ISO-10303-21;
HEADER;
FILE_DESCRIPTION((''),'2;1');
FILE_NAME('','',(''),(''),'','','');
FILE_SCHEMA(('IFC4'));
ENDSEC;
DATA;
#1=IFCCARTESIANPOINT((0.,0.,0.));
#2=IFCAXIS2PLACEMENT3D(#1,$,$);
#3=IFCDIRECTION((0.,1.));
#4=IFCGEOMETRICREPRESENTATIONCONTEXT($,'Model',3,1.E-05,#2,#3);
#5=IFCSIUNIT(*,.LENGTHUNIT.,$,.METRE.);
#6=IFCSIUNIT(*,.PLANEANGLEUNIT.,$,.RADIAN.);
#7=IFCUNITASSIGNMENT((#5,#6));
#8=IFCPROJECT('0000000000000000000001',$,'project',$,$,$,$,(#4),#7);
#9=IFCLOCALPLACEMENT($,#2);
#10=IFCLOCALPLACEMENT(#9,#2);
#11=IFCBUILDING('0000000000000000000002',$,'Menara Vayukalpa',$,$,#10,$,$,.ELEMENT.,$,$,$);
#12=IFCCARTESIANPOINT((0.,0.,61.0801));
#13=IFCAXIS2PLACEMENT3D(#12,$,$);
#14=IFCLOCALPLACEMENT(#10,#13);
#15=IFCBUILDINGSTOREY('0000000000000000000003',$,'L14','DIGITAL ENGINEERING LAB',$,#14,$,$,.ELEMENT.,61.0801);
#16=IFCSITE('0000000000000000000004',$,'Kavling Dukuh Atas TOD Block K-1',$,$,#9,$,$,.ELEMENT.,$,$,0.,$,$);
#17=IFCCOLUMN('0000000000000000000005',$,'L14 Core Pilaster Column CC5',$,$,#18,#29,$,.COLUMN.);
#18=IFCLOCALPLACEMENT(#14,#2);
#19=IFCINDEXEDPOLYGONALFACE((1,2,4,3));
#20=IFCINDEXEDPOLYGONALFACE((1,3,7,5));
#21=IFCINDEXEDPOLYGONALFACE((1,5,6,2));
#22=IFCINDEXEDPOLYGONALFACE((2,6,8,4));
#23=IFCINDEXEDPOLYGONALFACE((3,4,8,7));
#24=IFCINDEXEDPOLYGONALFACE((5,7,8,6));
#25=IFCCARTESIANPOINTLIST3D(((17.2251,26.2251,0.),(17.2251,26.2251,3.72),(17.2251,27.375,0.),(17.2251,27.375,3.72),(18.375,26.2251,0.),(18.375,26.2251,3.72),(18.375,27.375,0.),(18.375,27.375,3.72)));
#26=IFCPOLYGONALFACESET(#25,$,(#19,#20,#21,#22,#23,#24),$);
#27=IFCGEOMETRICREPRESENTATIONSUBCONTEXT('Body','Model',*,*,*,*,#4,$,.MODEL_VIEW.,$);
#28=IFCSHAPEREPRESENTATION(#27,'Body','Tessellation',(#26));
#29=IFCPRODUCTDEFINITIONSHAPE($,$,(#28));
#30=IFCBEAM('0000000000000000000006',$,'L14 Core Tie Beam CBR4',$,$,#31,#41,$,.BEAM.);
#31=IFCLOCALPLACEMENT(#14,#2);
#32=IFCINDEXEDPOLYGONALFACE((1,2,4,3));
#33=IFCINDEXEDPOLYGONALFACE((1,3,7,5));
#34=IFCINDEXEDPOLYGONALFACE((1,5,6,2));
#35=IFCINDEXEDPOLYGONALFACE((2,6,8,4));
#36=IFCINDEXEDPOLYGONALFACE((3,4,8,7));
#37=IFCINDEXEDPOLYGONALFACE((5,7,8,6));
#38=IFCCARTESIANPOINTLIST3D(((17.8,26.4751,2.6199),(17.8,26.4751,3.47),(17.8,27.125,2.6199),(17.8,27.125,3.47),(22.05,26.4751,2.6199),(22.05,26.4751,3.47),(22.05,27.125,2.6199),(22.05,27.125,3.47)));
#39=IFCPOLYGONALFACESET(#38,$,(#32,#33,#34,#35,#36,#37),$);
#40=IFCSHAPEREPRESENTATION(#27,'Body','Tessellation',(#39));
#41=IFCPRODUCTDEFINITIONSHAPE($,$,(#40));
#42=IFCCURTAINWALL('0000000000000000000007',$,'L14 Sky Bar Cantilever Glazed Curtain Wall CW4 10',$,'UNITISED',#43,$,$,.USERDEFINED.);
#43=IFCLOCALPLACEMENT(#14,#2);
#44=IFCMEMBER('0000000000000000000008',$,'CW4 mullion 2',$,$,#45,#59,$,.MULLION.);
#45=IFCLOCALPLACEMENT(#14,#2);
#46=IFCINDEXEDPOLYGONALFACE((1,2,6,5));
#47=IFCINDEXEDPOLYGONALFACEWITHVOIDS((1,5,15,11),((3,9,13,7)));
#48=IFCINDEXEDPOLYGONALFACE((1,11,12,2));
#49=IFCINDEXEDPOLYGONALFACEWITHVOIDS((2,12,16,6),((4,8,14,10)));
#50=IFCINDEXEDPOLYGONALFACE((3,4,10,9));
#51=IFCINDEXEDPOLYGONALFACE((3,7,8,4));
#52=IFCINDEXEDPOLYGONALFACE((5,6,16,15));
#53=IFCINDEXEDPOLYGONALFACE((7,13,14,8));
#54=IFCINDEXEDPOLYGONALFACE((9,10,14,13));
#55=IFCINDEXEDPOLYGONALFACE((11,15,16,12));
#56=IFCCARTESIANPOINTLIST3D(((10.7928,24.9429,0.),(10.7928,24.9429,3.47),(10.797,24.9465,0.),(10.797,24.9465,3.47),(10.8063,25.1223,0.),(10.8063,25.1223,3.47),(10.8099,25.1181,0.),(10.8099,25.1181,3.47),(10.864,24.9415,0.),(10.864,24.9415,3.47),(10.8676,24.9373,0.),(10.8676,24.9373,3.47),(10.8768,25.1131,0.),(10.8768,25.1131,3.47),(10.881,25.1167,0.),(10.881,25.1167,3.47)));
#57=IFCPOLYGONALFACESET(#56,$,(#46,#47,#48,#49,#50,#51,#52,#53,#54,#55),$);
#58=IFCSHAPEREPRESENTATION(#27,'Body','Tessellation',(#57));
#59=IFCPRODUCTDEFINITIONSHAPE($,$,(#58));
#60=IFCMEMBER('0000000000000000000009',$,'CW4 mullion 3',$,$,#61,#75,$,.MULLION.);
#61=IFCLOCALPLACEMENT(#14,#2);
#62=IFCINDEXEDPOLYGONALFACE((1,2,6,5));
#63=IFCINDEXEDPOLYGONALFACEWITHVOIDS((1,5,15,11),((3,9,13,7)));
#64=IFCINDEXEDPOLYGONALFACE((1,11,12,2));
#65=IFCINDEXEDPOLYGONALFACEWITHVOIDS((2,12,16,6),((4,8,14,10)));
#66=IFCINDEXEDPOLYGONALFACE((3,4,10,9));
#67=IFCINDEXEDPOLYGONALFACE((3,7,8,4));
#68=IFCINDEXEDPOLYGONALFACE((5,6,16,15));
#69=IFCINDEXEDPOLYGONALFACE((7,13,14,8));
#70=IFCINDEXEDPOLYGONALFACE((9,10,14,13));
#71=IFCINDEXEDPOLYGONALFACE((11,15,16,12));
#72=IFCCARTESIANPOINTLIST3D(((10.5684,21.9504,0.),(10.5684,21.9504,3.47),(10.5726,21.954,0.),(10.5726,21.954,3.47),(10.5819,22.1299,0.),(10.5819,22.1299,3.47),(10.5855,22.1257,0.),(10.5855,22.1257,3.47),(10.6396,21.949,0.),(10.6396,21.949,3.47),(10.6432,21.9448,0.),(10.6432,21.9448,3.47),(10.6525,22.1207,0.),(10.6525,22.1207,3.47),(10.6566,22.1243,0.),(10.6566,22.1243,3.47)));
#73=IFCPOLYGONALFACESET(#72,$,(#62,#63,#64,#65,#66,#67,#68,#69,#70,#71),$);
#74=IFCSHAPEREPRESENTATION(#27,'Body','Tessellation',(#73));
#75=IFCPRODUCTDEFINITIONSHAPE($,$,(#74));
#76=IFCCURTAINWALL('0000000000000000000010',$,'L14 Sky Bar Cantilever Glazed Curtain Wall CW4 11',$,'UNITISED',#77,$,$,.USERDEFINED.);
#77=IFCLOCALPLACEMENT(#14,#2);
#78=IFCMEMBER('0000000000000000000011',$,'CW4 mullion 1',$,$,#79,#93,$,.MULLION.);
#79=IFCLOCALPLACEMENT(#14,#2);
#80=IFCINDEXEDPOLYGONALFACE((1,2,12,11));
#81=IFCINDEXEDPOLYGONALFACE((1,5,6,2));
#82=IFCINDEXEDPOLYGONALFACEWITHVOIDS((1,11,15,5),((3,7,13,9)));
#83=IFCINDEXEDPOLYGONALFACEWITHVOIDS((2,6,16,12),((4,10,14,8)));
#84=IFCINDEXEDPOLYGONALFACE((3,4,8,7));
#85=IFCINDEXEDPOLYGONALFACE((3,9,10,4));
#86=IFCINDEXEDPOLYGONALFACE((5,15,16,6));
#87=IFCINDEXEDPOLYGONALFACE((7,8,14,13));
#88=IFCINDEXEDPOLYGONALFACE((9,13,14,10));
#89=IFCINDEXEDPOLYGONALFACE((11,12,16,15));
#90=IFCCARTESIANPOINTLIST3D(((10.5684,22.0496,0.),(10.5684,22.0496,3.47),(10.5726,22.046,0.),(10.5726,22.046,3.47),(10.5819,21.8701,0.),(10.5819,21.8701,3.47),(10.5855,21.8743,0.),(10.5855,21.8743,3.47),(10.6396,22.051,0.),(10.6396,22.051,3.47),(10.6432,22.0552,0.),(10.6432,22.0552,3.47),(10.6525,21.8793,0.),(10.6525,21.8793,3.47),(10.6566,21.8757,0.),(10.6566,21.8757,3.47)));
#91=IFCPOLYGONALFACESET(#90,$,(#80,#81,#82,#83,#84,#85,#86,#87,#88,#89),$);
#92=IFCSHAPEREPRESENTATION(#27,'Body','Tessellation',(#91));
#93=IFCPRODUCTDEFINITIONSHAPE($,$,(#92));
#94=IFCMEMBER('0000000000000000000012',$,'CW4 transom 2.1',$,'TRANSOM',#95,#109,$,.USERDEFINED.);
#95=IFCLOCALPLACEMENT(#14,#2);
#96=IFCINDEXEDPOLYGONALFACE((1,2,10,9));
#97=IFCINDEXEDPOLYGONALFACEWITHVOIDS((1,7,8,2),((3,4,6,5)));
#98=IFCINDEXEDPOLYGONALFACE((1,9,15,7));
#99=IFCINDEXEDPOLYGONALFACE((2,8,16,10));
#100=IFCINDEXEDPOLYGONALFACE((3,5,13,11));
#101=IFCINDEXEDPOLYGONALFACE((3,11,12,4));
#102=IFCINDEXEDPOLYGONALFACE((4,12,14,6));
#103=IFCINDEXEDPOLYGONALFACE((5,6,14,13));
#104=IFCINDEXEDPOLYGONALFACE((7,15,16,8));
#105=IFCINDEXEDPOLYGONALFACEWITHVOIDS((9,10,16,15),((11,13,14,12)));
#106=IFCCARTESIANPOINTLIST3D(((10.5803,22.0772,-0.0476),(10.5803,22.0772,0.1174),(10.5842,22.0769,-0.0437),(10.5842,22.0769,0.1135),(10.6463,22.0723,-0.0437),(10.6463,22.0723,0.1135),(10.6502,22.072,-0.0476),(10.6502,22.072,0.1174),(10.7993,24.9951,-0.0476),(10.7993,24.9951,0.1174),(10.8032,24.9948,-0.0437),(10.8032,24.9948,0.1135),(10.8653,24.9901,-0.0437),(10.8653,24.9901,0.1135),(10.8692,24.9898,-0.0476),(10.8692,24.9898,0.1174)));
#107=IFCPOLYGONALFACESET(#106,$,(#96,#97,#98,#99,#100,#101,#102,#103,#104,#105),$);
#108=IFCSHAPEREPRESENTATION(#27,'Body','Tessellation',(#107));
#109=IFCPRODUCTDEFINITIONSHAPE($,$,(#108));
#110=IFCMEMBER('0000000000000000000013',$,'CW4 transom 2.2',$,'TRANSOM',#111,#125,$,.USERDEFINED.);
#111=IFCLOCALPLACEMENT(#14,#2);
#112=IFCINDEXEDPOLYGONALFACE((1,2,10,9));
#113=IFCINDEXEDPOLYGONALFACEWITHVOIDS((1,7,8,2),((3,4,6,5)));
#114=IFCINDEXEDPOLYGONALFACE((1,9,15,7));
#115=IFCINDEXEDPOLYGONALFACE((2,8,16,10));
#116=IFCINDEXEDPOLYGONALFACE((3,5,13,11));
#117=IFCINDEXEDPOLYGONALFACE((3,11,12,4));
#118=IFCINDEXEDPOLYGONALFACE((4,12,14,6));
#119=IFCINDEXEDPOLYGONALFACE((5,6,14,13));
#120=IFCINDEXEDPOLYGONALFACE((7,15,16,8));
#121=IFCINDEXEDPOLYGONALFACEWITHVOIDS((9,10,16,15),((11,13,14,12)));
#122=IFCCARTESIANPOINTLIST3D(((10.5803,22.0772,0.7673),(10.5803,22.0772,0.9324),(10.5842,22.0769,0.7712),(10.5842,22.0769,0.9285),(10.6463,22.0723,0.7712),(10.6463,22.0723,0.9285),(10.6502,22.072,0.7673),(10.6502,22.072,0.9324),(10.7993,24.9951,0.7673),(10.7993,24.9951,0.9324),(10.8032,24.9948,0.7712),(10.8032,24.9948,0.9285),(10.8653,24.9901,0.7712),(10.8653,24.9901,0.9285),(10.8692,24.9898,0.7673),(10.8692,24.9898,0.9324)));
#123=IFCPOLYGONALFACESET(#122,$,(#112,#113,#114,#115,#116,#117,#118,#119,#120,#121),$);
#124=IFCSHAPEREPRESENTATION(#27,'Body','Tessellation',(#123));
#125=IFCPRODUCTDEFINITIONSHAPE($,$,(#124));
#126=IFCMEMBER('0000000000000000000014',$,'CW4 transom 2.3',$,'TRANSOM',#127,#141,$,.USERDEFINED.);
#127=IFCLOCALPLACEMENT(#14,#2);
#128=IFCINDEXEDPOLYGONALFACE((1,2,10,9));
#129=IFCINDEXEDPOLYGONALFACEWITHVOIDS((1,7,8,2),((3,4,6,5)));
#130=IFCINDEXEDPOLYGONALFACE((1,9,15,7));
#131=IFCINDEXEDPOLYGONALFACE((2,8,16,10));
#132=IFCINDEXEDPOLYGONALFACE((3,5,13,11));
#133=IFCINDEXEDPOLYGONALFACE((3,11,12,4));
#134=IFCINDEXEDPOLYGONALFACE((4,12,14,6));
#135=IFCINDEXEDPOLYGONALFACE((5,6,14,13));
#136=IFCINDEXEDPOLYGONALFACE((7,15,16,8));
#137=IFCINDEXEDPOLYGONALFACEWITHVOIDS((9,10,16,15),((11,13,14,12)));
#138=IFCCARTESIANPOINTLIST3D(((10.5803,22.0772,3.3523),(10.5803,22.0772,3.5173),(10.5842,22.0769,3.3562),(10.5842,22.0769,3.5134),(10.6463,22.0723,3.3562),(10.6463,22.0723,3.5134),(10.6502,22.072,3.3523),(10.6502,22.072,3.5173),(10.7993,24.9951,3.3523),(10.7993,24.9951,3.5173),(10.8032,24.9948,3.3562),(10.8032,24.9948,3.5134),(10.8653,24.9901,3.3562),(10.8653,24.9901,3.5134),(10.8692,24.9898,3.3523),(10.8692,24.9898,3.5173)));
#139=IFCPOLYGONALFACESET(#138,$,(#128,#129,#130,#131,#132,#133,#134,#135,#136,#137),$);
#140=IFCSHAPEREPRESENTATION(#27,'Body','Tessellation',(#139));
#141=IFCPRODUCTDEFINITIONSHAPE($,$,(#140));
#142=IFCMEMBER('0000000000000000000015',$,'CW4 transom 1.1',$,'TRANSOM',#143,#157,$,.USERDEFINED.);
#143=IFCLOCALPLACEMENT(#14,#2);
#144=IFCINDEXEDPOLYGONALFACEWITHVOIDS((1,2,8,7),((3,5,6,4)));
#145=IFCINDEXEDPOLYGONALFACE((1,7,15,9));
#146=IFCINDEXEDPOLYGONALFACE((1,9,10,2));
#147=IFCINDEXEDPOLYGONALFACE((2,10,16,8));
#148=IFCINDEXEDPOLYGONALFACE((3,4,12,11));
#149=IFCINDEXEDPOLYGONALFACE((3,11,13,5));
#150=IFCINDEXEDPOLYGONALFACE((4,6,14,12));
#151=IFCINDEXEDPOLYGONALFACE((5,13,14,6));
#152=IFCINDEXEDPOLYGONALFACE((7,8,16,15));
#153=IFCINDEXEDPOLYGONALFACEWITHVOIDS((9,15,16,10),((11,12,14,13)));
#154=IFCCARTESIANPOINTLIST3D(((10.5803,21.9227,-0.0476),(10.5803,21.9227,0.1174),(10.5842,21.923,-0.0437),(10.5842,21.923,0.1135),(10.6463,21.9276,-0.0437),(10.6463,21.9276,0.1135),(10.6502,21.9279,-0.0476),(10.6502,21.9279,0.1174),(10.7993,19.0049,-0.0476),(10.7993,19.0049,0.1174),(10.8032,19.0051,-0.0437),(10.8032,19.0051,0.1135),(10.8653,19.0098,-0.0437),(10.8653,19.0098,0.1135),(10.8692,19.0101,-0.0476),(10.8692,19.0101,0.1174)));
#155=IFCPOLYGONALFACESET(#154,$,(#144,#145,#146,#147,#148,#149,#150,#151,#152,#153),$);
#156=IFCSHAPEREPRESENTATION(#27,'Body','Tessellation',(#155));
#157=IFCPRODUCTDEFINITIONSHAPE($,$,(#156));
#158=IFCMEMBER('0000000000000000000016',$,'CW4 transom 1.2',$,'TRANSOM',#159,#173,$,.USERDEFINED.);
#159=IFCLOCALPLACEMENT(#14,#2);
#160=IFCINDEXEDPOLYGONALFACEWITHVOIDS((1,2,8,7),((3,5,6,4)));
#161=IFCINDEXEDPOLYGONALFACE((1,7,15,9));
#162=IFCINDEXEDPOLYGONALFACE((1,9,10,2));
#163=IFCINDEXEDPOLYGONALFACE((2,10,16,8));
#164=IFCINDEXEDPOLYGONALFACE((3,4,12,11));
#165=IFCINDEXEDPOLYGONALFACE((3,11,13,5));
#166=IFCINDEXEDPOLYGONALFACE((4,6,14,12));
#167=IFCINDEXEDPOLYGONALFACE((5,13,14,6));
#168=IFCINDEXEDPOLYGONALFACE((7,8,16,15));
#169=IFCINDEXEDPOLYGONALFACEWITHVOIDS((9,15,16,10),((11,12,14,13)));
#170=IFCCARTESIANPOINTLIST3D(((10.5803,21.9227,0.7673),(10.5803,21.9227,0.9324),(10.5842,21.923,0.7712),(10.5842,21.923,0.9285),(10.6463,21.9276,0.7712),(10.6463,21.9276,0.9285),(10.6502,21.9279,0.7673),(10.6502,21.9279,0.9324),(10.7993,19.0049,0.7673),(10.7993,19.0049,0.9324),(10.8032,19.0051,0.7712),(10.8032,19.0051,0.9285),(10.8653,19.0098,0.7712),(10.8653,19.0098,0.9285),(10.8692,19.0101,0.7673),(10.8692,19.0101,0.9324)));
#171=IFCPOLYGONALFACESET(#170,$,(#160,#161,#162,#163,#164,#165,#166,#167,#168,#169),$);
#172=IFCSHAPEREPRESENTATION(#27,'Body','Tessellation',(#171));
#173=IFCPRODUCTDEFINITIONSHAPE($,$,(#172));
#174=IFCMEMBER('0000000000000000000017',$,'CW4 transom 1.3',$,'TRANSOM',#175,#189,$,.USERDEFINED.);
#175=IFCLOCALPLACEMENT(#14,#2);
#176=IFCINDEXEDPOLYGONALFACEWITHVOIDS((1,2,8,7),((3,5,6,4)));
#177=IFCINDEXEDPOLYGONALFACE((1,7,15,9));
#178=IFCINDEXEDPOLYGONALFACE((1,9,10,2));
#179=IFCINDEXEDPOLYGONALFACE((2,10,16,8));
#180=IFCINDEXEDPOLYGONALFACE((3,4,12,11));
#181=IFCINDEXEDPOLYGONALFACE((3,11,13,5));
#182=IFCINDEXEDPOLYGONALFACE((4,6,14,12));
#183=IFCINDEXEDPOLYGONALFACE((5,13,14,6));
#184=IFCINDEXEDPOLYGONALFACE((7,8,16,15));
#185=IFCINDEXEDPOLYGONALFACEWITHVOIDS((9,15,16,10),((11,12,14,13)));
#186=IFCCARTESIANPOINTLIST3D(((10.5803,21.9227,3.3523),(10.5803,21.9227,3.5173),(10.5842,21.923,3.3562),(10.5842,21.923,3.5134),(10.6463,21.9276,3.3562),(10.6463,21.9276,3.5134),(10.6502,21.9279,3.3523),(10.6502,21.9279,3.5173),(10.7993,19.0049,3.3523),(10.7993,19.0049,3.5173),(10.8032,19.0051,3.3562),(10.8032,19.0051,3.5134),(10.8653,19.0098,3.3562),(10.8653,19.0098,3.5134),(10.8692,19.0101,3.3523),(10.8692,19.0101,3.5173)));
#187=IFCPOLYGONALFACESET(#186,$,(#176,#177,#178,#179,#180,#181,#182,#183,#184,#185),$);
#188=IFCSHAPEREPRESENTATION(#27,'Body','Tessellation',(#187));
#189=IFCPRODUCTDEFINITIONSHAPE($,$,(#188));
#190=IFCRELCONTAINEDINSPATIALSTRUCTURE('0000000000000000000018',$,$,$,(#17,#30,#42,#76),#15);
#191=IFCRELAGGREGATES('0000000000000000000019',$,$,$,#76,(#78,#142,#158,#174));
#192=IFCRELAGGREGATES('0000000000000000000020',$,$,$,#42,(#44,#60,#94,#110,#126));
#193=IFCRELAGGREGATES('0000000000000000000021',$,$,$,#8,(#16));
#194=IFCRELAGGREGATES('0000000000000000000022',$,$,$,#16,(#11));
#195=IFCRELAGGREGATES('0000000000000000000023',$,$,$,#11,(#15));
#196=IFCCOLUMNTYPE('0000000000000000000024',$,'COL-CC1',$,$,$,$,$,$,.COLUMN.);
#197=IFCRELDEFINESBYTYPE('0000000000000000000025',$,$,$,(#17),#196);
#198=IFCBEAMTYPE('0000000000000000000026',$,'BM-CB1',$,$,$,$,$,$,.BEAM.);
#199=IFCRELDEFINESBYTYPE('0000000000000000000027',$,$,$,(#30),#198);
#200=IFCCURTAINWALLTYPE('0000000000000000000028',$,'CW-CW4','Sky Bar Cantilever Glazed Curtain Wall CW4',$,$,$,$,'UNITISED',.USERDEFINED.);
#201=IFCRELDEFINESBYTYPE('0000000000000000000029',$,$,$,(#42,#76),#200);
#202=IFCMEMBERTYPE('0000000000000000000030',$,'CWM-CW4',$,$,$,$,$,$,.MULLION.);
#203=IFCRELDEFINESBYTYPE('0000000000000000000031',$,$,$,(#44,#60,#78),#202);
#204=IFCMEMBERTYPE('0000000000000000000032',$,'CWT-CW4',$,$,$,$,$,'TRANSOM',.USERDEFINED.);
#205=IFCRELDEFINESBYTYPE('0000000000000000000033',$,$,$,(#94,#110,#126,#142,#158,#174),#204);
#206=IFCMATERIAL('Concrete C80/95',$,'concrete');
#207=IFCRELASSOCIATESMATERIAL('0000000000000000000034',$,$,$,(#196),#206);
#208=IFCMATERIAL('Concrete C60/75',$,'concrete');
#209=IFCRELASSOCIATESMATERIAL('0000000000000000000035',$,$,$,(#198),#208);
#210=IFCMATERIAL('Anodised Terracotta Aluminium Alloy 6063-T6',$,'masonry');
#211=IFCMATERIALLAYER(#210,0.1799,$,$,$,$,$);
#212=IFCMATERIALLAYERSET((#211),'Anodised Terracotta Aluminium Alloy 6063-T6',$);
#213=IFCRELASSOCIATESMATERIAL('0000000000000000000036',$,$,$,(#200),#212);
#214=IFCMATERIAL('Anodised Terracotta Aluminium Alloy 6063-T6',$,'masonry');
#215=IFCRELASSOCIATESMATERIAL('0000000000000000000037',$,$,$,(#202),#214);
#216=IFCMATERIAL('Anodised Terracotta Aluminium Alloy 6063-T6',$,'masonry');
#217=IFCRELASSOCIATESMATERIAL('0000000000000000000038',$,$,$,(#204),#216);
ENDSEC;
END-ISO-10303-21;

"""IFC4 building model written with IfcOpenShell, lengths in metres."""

from ifc_helpers import new_model, si_unit, direction, frame, origin, origin_2d, place, context, subcontext, project, spatial, rectangle, hollow_rectangle, extrude, material, layer, layer_set, material_profile, profile_set, type_object, element, aggregate, save


model = new_model("IFC4")

# Units and contexts
model_context = context("Model", 3, precision=1e-05, world=origin(), true_north=direction((0.0, 1.0)))
body_context = subcontext(model_context, "Body", "Model", "MODEL_VIEW")
ifc_project = project(units=[si_unit("LENGTHUNIT", "METRE"), si_unit("PLANEANGLEUNIT", "RADIAN")], contexts=[model_context])

# Site, building, storey
site_placement = place(None, origin())
site = spatial("IfcSite", under=ifc_project, at=site_placement, Name="Kavling Dukuh Atas TOD Block K-1", CompositionType="ELEMENT", RefElevation=0.0)
building_placement = place(site_placement, origin())
building = spatial("IfcBuilding", under=site, at=building_placement, Name="Menara Vayukalpa", CompositionType="ELEMENT")
storey_placement = place(building_placement, frame((0.0, 0.0, 61.0801)))
storey = spatial("IfcBuildingStorey", under=building, at=storey_placement, Name="L14", Description="DIGITAL ENGINEERING LAB", CompositionType="ELEMENT", Elevation=61.0801)

# Column
ifc_material_1 = material(Name="Concrete C80/95", Category="concrete")
ifc_material_profile_1 = material_profile(ifc_material_1, rectangle(XDim=1.1499, YDim=1.1499, at=origin_2d()), Name="RC 1150x1150")
ifc_profile_set_1 = profile_set([ifc_material_profile_1], Name="Concrete C80/95")
column_type = type_object("IfcColumnType", Name="COL-CC1", PredefinedType="COLUMN", material=ifc_profile_set_1)
column_placement = place(storey_placement, frame((17.8, 26.8, 0.0), z_axis=(0.0, 0.0, 1.0), x_axis=(1.0, 0.0, 0.0)))
element("IfcColumn", 1, at=column_placement, inside=storey, type_object=column_type, Name="L14 Core Pilaster Column CC5", PredefinedType="COLUMN", context=body_context, shape_type="SweptSolid", body=[
    extrude(rectangle(XDim=1.1499, YDim=1.1499, at=origin_2d()), origin(), (0.0, 0.0, 1.0), 3.72),
])

# Beam
ifc_material_2 = material(Name="Concrete C60/75", Category="concrete")
ifc_material_profile_2 = material_profile(ifc_material_2, rectangle(XDim=0.6499, YDim=0.8501, at=origin_2d()), Name="RC 650x850")
ifc_profile_set_2 = profile_set([ifc_material_profile_2], Name="Concrete C60/75")
beam_type = type_object("IfcBeamType", Name="BM-CB1", PredefinedType="BEAM", material=ifc_profile_set_2)
beam_placement = place(storey_placement, frame((17.8, 26.8, 3.0449), z_axis=(1.0, 0.0, 0.0), x_axis=(0.0, 1.0, 0.0)))
element("IfcBeam", 2, at=beam_placement, inside=storey, type_object=beam_type, Name="L14 Core Tie Beam CBR4", PredefinedType="BEAM", context=body_context, shape_type="SweptSolid", body=[
    extrude(rectangle(XDim=0.6499, YDim=0.8501, at=origin_2d()), origin(), (0.0, 0.0, 1.0), 4.25),
])

# Curtain wall, members
ifc_material_3 = material(Name="Anodised Terracotta Aluminium Alloy 6063-T6", Category="masonry")
ifc_layer_1 = layer(ifc_material_3, 0.1799)
ifc_layer_set_1 = layer_set([ifc_layer_1], Name="Anodised Terracotta Aluminium Alloy 6063-T6")
curtain_wall_type = type_object("IfcCurtainWallType", Name="CW-CW4", Description="Sky Bar Cantilever Glazed Curtain Wall CW4", ElementType="UNITISED", PredefinedType="USERDEFINED", material=ifc_layer_set_1)
curtain_wall_1_placement = place(storey_placement, origin())
curtain_wall_1 = element("IfcCurtainWall", 3, at=curtain_wall_1_placement, inside=storey, type_object=curtain_wall_type, Name="L14 Sky Bar Cantilever Glazed Curtain Wall CW4 10", ObjectType="UNITISED", PredefinedType="USERDEFINED")
ifc_material_4 = material(Name="Anodised Terracotta Aluminium Alloy 6063-T6", Category="masonry")
ifc_material_profile_3 = material_profile(ifc_material_4, hollow_rectangle(XDim=0.075, YDim=0.1799, WallThickness=0.0039, at=origin_2d()), Name="ALU 75x180x4")
ifc_profile_set_3 = profile_set([ifc_material_profile_3], Name="Anodised Terracotta Aluminium Alloy 6063-T6")
member_type_1 = type_object("IfcMemberType", Name="CWM-CW4", PredefinedType="MULLION", material=ifc_profile_set_3)
member_1_placement = place(storey_placement, frame((10.8369, 25.0298, 0.0), z_axis=(0.0, 0.0, 1.0), x_axis=(0.997199, -0.074795, 0.0)))
member_1 = element("IfcMember", 4, at=member_1_placement, type_object=member_type_1, Name="CW4 mullion 2", PredefinedType="MULLION", context=body_context, shape_type="SweptSolid", body=[
    extrude(hollow_rectangle(XDim=0.075, YDim=0.1799, WallThickness=0.0039, at=origin_2d()), origin(), (0.0, 0.0, 1.0), 3.47),
])
member_2_placement = place(storey_placement, frame((10.6125, 22.0374, 0.0), z_axis=(0.0, 0.0, 1.0), x_axis=(0.997199, -0.074795, 0.0)))
member_2 = element("IfcMember", 5, at=member_2_placement, type_object=member_type_1, Name="CW4 mullion 3", PredefinedType="MULLION", context=body_context, shape_type="SweptSolid", body=[
    extrude(hollow_rectangle(XDim=0.075, YDim=0.1799, WallThickness=0.0039, at=origin_2d()), origin(), (0.0, 0.0, 1.0), 3.47),
])

# Curtain wall, member
curtain_wall_2_placement = place(storey_placement, origin())
curtain_wall_2 = element("IfcCurtainWall", 6, at=curtain_wall_2_placement, inside=storey, type_object=curtain_wall_type, Name="L14 Sky Bar Cantilever Glazed Curtain Wall CW4 11", ObjectType="UNITISED", PredefinedType="USERDEFINED")
member_3_placement = place(storey_placement, frame((10.6125, 21.9626, 0.0), z_axis=(0.0, 0.0, 1.0), x_axis=(0.997199, 0.074795, 0.0)))
member_3 = element("IfcMember", 7, at=member_3_placement, type_object=member_type_1, Name="CW4 mullion 1", PredefinedType="MULLION", context=body_context, shape_type="SweptSolid", body=[
    extrude(hollow_rectangle(XDim=0.075, YDim=0.1799, WallThickness=0.0039, at=origin_2d()), origin(), (0.0, 0.0, 1.0), 3.47),
])

# Members
ifc_material_5 = material(Name="Anodised Terracotta Aluminium Alloy 6063-T6", Category="masonry")
ifc_material_profile_4 = material_profile(ifc_material_5, hollow_rectangle(XDim=0.0701, YDim=0.165, WallThickness=0.0039, at=origin_2d()), Name="ALU 70x165x4")
ifc_profile_set_4 = profile_set([ifc_material_profile_4], Name="Anodised Terracotta Aluminium Alloy 6063-T6")
member_type_2 = type_object("IfcMemberType", Name="CWT-CW4", ElementType="TRANSOM", PredefinedType="USERDEFINED", material=ifc_profile_set_4)
member_4_placement = place(storey_placement, frame((10.8342, 24.9924, 0.0349), z_axis=(-0.074846, -0.997195, 0.0), x_axis=(0.997195, -0.074846, 0.0)))
member_4 = element("IfcMember", 8, at=member_4_placement, type_object=member_type_2, Name="CW4 transom 2.1", ObjectType="TRANSOM", PredefinedType="USERDEFINED", context=body_context, shape_type="SweptSolid", body=[
    extrude(hollow_rectangle(XDim=0.0701, YDim=0.165, WallThickness=0.0039, at=origin_2d()), origin(), (0.0, 0.0, 1.0), 2.926),
])
member_5_placement = place(storey_placement, frame((10.8342, 24.9924, 0.8499), z_axis=(-0.074846, -0.997195, 0.0), x_axis=(0.997195, -0.074846, 0.0)))
member_5 = element("IfcMember", 9, at=member_5_placement, type_object=member_type_2, Name="CW4 transom 2.2", ObjectType="TRANSOM", PredefinedType="USERDEFINED", context=body_context, shape_type="SweptSolid", body=[
    extrude(hollow_rectangle(XDim=0.0701, YDim=0.165, WallThickness=0.0039, at=origin_2d()), origin(), (0.0, 0.0, 1.0), 2.926),
])
member_6_placement = place(storey_placement, frame((10.8342, 24.9924, 3.4348), z_axis=(-0.074846, -0.997195, 0.0), x_axis=(0.997195, -0.074846, 0.0)))
member_6 = element("IfcMember", 10, at=member_6_placement, type_object=member_type_2, Name="CW4 transom 2.3", ObjectType="TRANSOM", PredefinedType="USERDEFINED", context=body_context, shape_type="SweptSolid", body=[
    extrude(hollow_rectangle(XDim=0.0701, YDim=0.165, WallThickness=0.0039, at=origin_2d()), origin(), (0.0, 0.0, 1.0), 2.926),
])
member_7_placement = place(storey_placement, frame((10.6152, 21.9253, 0.0349), z_axis=(0.074846, -0.997195, 0.0), x_axis=(0.997195, 0.074846, 0.0)))
member_7 = element("IfcMember", 11, at=member_7_placement, type_object=member_type_2, Name="CW4 transom 1.1", ObjectType="TRANSOM", PredefinedType="USERDEFINED", context=body_context, shape_type="SweptSolid", body=[
    extrude(hollow_rectangle(XDim=0.0701, YDim=0.165, WallThickness=0.0039, at=origin_2d()), origin(), (0.0, 0.0, 1.0), 2.926),
])
member_8_placement = place(storey_placement, frame((10.6152, 21.9253, 0.8499), z_axis=(0.074846, -0.997195, 0.0), x_axis=(0.997195, 0.074846, 0.0)))
member_8 = element("IfcMember", 12, at=member_8_placement, type_object=member_type_2, Name="CW4 transom 1.2", ObjectType="TRANSOM", PredefinedType="USERDEFINED", context=body_context, shape_type="SweptSolid", body=[
    extrude(hollow_rectangle(XDim=0.0701, YDim=0.165, WallThickness=0.0039, at=origin_2d()), origin(), (0.0, 0.0, 1.0), 2.926),
])
member_9_placement = place(storey_placement, frame((10.6152, 21.9253, 3.4348), z_axis=(0.074846, -0.997195, 0.0), x_axis=(0.997195, 0.074846, 0.0)))
member_9 = element("IfcMember", 13, at=member_9_placement, type_object=member_type_2, Name="CW4 transom 1.3", ObjectType="TRANSOM", PredefinedType="USERDEFINED", context=body_context, shape_type="SweptSolid", body=[
    extrude(hollow_rectangle(XDim=0.0701, YDim=0.165, WallThickness=0.0039, at=origin_2d()), origin(), (0.0, 0.0, 1.0), 2.926),
])
aggregate(curtain_wall_2, [member_3, member_7, member_8, member_9])

aggregate(curtain_wall_1, [member_1, member_2, member_4, member_5, member_6])

save(model, "model.ifc")
